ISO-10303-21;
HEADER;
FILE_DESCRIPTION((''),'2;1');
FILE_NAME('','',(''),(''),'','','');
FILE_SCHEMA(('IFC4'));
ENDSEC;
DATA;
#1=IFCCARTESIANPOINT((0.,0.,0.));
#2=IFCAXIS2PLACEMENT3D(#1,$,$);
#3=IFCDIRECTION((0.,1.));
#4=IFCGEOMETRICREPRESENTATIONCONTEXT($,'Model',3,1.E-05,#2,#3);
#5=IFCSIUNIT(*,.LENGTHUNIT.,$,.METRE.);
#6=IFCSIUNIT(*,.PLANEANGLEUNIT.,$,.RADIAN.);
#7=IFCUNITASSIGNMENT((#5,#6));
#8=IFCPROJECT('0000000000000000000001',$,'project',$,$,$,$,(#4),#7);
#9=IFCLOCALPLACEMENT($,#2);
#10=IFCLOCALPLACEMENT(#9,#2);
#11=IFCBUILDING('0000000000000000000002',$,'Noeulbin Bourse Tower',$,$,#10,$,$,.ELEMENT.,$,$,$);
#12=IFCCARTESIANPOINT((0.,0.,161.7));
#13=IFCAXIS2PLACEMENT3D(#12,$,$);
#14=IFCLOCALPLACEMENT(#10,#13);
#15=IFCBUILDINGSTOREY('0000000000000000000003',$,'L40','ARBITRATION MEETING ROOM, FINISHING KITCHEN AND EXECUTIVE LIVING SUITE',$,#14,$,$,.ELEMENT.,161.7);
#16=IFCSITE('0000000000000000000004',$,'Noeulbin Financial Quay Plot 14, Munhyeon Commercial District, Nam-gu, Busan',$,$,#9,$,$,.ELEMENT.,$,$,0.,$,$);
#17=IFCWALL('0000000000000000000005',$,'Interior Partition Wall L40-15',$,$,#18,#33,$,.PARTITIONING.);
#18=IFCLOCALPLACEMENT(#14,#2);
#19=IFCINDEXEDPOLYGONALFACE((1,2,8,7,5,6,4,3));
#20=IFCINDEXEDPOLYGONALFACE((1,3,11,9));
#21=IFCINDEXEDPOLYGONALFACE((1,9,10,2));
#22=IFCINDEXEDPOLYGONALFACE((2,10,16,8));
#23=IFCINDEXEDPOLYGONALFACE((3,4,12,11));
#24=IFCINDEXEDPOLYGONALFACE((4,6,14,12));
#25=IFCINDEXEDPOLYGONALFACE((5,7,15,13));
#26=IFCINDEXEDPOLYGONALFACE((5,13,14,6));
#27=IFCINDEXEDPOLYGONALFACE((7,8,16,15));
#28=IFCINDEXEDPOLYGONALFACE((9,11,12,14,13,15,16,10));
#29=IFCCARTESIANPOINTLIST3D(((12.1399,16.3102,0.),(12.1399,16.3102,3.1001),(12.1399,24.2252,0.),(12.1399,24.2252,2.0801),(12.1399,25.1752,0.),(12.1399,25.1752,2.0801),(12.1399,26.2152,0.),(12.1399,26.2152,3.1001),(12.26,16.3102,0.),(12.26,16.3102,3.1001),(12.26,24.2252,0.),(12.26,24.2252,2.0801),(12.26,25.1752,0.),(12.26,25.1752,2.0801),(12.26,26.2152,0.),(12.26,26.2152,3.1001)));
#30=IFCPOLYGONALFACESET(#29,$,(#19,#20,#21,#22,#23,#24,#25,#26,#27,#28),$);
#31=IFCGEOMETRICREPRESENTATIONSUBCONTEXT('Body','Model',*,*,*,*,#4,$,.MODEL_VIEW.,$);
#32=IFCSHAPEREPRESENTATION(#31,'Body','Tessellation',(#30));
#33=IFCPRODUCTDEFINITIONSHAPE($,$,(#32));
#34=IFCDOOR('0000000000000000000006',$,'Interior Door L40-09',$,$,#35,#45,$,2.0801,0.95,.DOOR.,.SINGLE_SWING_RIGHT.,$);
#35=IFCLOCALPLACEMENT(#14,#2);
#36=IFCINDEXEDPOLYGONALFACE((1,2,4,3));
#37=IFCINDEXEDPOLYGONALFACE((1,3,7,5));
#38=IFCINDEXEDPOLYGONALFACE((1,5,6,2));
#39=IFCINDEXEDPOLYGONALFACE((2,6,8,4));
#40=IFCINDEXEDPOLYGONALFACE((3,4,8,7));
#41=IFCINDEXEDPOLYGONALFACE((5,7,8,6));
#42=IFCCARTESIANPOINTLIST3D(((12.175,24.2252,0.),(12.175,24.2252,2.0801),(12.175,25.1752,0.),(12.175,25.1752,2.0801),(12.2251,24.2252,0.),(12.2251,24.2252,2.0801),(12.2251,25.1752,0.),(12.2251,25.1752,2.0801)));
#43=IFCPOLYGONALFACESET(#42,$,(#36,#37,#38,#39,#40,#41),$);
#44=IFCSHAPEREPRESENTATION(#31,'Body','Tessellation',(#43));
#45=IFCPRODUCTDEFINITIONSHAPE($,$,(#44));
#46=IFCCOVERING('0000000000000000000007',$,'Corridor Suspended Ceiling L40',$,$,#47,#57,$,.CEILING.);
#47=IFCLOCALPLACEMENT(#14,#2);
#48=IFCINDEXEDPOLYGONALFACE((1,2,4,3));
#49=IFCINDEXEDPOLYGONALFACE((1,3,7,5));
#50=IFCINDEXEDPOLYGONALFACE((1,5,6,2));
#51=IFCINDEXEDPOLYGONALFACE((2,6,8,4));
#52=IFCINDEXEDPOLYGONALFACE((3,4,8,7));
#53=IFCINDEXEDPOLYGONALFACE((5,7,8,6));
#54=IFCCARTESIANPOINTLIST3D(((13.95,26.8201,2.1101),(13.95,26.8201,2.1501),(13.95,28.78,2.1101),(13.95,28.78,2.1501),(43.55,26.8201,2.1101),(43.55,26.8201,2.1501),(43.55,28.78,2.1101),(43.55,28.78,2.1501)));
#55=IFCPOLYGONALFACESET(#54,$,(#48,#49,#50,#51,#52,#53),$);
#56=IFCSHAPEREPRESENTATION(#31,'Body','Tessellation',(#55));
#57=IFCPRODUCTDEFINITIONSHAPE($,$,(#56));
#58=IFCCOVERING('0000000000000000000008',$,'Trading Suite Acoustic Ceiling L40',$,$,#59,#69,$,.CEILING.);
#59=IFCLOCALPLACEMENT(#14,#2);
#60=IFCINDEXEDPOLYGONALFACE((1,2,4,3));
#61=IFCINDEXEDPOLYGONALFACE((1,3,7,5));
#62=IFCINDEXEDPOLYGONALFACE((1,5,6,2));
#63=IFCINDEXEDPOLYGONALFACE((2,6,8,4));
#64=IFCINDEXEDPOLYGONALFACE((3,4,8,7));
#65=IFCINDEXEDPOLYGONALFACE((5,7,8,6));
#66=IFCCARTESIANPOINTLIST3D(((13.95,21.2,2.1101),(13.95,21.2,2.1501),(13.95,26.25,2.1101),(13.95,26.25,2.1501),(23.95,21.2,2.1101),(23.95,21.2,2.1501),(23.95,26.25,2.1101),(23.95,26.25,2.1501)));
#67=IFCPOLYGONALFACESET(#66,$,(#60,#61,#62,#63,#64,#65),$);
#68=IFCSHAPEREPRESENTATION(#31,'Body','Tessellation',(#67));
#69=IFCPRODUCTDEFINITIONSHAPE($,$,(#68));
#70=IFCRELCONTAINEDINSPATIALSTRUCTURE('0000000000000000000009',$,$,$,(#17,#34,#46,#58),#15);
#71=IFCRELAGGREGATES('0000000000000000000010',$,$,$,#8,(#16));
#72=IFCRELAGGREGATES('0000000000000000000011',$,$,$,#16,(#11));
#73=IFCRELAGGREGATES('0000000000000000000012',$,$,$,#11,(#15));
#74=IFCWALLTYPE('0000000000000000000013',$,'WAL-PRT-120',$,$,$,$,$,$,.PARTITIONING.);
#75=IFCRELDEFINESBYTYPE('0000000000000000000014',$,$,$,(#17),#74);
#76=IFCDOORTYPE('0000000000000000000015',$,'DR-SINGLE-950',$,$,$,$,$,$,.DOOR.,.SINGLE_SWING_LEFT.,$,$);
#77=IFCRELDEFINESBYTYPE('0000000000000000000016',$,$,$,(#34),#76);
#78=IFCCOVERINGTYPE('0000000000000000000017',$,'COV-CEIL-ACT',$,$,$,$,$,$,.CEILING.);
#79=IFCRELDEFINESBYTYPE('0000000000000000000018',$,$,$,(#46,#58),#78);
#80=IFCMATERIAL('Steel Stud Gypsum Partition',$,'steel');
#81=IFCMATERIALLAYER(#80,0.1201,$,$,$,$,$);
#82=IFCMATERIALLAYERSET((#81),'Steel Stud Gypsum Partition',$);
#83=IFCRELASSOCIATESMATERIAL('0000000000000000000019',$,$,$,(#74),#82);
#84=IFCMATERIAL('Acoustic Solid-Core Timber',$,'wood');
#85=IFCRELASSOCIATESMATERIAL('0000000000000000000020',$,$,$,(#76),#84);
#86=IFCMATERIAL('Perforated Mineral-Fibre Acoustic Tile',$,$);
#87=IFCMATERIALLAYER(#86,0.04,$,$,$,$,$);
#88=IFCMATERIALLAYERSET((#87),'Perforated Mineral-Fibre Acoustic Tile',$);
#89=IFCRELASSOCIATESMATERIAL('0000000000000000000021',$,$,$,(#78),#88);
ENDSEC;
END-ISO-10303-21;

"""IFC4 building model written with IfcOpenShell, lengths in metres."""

from ifc_helpers import new_model, si_unit, direction, frame, frame_2d, origin, place, context, subcontext, project, spatial, polyline, rectangle, outline, extrude, material, layer, layer_set, type_object, element, fill, save


model = new_model("IFC4")

# Units and contexts
model_context = context("Model", 3, precision=1e-05, world=origin(), true_north=direction((0.0, 1.0)))
body_context = subcontext(model_context, "Body", "Model", "MODEL_VIEW")
ifc_project = project(units=[si_unit("LENGTHUNIT", "METRE"), si_unit("PLANEANGLEUNIT", "RADIAN")], contexts=[model_context])

# Site, building, storey
site_placement = place(None, origin())
site = spatial("IfcSite", under=ifc_project, at=site_placement, Name="Noeulbin Financial Quay Plot 14, Munhyeon Commercial District, Nam-gu, Busan", CompositionType="ELEMENT", RefElevation=0.0)
building_placement = place(site_placement, origin())
building = spatial("IfcBuilding", under=site, at=building_placement, Name="Noeulbin Bourse Tower", CompositionType="ELEMENT")
storey_placement = place(building_placement, frame((0.0, 0.0, 161.7)))
storey = spatial("IfcBuildingStorey", under=building, at=storey_placement, Name="L40", Description="ARBITRATION MEETING ROOM, FINISHING KITCHEN AND EXECUTIVE LIVING SUITE", CompositionType="ELEMENT", Elevation=161.7)

# Wall, opening, door
ifc_material_1 = material(Name="Steel Stud Gypsum Partition", Category="steel")
ifc_layer_1 = layer(ifc_material_1, 0.1201)
ifc_layer_set_1 = layer_set([ifc_layer_1], Name="Steel Stud Gypsum Partition")
wall_type_1 = type_object("IfcWallType", Name="WAL-PRT-120", PredefinedType="PARTITIONING", material=ifc_layer_set_1)
wall_1_placement = place(storey_placement, frame((12.2, 16.3101, 0.0), z_axis=(0.0, 0.0, 1.0), x_axis=(0.0, 1.0, 0.0)))
wall_1 = element("IfcWall", 1, at=wall_1_placement, inside=storey, type_object=wall_type_1, Name="Interior Partition Wall L40-15", PredefinedType="PARTITIONING", context=body_context, shape_type="SweptSolid", body=[
    extrude(rectangle(XDim=9.905, YDim=0.1201, at=frame_2d((4.9526, 0.0))), origin(), (0.0, 0.0, 1.0), 3.1001),
])
opening_1_placement = place(wall_1_placement, frame((7.915, 0.0, 0.0)))
opening_1 = element("IfcOpeningElement", 2, at=opening_1_placement, cuts=wall_1, PredefinedType="OPENING", context=body_context, shape_type="SweptSolid", body=[
    extrude(rectangle(XDim=0.95, YDim=2.0801, at=frame_2d((0.4751, 1.04))), frame((0.0, 0.0701, 0.0), z_axis=(0.0, -1.0, 0.0), x_axis=(1.0, 0.0, 0.0)), (0.0, 0.0, 1.0), 0.1401),
])
ifc_material_2 = material(Name="Acoustic Solid-Core Timber", Category="wood")
door_type_1 = type_object("IfcDoorType", Name="DR-SINGLE-950", OperationType="SINGLE_SWING_LEFT", PredefinedType="DOOR", material=ifc_material_2)
door_1_placement = place(opening_1_placement, origin())
door_1 = element("IfcDoor", 3, at=door_1_placement, inside=storey, type_object=door_type_1, Name="Interior Door L40-09", OperationType="SINGLE_SWING_RIGHT", OverallHeight=2.0801, OverallWidth=0.95, PredefinedType="DOOR", context=body_context, shape_type="SweptSolid", body=[
    extrude(rectangle(XDim=0.95, YDim=2.0801, at=frame_2d((0.4751, 1.04))), frame((0.0, 0.0249, 0.0), z_axis=(0.0, -1.0, 0.0), x_axis=(1.0, 0.0, 0.0)), (0.0, 0.0, 1.0), 0.05),
])
fill(opening_1, door_1)

# Coverings
ifc_material_3 = material(Name="Perforated Mineral-Fibre Acoustic Tile")
ifc_layer_2 = layer(ifc_material_3, 0.04)
ifc_layer_set_2 = layer_set([ifc_layer_2], Name="Perforated Mineral-Fibre Acoustic Tile")
covering_type = type_object("IfcCoveringType", Name="COV-CEIL-ACT", PredefinedType="CEILING", material=ifc_layer_set_2)
covering_1_placement = place(storey_placement, frame((0.0, 0.0, 2.1101)))
element("IfcCovering", 4, at=covering_1_placement, inside=storey, type_object=covering_type, Name="Corridor Suspended Ceiling L40", PredefinedType="CEILING", context=body_context, shape_type="SweptSolid", body=[
    extrude(outline(polyline([(13.95, 26.8201), (43.55, 26.8201), (43.55, 28.78), (13.95, 28.78), (13.95, 26.8201)])), origin(), (0.0, 0.0, 1.0), 0.04),
])
covering_2_placement = place(storey_placement, frame((0.0, 0.0, 2.1101)))
element("IfcCovering", 5, at=covering_2_placement, inside=storey, type_object=covering_type, Name="Trading Suite Acoustic Ceiling L40", PredefinedType="CEILING", context=body_context, shape_type="SweptSolid", body=[
    extrude(outline(polyline([(13.95, 21.2), (23.95, 21.2), (23.95, 26.25), (13.95, 26.25), (13.95, 21.2)])), origin(), (0.0, 0.0, 1.0), 0.04),
])

save(model, "model.ifc")
